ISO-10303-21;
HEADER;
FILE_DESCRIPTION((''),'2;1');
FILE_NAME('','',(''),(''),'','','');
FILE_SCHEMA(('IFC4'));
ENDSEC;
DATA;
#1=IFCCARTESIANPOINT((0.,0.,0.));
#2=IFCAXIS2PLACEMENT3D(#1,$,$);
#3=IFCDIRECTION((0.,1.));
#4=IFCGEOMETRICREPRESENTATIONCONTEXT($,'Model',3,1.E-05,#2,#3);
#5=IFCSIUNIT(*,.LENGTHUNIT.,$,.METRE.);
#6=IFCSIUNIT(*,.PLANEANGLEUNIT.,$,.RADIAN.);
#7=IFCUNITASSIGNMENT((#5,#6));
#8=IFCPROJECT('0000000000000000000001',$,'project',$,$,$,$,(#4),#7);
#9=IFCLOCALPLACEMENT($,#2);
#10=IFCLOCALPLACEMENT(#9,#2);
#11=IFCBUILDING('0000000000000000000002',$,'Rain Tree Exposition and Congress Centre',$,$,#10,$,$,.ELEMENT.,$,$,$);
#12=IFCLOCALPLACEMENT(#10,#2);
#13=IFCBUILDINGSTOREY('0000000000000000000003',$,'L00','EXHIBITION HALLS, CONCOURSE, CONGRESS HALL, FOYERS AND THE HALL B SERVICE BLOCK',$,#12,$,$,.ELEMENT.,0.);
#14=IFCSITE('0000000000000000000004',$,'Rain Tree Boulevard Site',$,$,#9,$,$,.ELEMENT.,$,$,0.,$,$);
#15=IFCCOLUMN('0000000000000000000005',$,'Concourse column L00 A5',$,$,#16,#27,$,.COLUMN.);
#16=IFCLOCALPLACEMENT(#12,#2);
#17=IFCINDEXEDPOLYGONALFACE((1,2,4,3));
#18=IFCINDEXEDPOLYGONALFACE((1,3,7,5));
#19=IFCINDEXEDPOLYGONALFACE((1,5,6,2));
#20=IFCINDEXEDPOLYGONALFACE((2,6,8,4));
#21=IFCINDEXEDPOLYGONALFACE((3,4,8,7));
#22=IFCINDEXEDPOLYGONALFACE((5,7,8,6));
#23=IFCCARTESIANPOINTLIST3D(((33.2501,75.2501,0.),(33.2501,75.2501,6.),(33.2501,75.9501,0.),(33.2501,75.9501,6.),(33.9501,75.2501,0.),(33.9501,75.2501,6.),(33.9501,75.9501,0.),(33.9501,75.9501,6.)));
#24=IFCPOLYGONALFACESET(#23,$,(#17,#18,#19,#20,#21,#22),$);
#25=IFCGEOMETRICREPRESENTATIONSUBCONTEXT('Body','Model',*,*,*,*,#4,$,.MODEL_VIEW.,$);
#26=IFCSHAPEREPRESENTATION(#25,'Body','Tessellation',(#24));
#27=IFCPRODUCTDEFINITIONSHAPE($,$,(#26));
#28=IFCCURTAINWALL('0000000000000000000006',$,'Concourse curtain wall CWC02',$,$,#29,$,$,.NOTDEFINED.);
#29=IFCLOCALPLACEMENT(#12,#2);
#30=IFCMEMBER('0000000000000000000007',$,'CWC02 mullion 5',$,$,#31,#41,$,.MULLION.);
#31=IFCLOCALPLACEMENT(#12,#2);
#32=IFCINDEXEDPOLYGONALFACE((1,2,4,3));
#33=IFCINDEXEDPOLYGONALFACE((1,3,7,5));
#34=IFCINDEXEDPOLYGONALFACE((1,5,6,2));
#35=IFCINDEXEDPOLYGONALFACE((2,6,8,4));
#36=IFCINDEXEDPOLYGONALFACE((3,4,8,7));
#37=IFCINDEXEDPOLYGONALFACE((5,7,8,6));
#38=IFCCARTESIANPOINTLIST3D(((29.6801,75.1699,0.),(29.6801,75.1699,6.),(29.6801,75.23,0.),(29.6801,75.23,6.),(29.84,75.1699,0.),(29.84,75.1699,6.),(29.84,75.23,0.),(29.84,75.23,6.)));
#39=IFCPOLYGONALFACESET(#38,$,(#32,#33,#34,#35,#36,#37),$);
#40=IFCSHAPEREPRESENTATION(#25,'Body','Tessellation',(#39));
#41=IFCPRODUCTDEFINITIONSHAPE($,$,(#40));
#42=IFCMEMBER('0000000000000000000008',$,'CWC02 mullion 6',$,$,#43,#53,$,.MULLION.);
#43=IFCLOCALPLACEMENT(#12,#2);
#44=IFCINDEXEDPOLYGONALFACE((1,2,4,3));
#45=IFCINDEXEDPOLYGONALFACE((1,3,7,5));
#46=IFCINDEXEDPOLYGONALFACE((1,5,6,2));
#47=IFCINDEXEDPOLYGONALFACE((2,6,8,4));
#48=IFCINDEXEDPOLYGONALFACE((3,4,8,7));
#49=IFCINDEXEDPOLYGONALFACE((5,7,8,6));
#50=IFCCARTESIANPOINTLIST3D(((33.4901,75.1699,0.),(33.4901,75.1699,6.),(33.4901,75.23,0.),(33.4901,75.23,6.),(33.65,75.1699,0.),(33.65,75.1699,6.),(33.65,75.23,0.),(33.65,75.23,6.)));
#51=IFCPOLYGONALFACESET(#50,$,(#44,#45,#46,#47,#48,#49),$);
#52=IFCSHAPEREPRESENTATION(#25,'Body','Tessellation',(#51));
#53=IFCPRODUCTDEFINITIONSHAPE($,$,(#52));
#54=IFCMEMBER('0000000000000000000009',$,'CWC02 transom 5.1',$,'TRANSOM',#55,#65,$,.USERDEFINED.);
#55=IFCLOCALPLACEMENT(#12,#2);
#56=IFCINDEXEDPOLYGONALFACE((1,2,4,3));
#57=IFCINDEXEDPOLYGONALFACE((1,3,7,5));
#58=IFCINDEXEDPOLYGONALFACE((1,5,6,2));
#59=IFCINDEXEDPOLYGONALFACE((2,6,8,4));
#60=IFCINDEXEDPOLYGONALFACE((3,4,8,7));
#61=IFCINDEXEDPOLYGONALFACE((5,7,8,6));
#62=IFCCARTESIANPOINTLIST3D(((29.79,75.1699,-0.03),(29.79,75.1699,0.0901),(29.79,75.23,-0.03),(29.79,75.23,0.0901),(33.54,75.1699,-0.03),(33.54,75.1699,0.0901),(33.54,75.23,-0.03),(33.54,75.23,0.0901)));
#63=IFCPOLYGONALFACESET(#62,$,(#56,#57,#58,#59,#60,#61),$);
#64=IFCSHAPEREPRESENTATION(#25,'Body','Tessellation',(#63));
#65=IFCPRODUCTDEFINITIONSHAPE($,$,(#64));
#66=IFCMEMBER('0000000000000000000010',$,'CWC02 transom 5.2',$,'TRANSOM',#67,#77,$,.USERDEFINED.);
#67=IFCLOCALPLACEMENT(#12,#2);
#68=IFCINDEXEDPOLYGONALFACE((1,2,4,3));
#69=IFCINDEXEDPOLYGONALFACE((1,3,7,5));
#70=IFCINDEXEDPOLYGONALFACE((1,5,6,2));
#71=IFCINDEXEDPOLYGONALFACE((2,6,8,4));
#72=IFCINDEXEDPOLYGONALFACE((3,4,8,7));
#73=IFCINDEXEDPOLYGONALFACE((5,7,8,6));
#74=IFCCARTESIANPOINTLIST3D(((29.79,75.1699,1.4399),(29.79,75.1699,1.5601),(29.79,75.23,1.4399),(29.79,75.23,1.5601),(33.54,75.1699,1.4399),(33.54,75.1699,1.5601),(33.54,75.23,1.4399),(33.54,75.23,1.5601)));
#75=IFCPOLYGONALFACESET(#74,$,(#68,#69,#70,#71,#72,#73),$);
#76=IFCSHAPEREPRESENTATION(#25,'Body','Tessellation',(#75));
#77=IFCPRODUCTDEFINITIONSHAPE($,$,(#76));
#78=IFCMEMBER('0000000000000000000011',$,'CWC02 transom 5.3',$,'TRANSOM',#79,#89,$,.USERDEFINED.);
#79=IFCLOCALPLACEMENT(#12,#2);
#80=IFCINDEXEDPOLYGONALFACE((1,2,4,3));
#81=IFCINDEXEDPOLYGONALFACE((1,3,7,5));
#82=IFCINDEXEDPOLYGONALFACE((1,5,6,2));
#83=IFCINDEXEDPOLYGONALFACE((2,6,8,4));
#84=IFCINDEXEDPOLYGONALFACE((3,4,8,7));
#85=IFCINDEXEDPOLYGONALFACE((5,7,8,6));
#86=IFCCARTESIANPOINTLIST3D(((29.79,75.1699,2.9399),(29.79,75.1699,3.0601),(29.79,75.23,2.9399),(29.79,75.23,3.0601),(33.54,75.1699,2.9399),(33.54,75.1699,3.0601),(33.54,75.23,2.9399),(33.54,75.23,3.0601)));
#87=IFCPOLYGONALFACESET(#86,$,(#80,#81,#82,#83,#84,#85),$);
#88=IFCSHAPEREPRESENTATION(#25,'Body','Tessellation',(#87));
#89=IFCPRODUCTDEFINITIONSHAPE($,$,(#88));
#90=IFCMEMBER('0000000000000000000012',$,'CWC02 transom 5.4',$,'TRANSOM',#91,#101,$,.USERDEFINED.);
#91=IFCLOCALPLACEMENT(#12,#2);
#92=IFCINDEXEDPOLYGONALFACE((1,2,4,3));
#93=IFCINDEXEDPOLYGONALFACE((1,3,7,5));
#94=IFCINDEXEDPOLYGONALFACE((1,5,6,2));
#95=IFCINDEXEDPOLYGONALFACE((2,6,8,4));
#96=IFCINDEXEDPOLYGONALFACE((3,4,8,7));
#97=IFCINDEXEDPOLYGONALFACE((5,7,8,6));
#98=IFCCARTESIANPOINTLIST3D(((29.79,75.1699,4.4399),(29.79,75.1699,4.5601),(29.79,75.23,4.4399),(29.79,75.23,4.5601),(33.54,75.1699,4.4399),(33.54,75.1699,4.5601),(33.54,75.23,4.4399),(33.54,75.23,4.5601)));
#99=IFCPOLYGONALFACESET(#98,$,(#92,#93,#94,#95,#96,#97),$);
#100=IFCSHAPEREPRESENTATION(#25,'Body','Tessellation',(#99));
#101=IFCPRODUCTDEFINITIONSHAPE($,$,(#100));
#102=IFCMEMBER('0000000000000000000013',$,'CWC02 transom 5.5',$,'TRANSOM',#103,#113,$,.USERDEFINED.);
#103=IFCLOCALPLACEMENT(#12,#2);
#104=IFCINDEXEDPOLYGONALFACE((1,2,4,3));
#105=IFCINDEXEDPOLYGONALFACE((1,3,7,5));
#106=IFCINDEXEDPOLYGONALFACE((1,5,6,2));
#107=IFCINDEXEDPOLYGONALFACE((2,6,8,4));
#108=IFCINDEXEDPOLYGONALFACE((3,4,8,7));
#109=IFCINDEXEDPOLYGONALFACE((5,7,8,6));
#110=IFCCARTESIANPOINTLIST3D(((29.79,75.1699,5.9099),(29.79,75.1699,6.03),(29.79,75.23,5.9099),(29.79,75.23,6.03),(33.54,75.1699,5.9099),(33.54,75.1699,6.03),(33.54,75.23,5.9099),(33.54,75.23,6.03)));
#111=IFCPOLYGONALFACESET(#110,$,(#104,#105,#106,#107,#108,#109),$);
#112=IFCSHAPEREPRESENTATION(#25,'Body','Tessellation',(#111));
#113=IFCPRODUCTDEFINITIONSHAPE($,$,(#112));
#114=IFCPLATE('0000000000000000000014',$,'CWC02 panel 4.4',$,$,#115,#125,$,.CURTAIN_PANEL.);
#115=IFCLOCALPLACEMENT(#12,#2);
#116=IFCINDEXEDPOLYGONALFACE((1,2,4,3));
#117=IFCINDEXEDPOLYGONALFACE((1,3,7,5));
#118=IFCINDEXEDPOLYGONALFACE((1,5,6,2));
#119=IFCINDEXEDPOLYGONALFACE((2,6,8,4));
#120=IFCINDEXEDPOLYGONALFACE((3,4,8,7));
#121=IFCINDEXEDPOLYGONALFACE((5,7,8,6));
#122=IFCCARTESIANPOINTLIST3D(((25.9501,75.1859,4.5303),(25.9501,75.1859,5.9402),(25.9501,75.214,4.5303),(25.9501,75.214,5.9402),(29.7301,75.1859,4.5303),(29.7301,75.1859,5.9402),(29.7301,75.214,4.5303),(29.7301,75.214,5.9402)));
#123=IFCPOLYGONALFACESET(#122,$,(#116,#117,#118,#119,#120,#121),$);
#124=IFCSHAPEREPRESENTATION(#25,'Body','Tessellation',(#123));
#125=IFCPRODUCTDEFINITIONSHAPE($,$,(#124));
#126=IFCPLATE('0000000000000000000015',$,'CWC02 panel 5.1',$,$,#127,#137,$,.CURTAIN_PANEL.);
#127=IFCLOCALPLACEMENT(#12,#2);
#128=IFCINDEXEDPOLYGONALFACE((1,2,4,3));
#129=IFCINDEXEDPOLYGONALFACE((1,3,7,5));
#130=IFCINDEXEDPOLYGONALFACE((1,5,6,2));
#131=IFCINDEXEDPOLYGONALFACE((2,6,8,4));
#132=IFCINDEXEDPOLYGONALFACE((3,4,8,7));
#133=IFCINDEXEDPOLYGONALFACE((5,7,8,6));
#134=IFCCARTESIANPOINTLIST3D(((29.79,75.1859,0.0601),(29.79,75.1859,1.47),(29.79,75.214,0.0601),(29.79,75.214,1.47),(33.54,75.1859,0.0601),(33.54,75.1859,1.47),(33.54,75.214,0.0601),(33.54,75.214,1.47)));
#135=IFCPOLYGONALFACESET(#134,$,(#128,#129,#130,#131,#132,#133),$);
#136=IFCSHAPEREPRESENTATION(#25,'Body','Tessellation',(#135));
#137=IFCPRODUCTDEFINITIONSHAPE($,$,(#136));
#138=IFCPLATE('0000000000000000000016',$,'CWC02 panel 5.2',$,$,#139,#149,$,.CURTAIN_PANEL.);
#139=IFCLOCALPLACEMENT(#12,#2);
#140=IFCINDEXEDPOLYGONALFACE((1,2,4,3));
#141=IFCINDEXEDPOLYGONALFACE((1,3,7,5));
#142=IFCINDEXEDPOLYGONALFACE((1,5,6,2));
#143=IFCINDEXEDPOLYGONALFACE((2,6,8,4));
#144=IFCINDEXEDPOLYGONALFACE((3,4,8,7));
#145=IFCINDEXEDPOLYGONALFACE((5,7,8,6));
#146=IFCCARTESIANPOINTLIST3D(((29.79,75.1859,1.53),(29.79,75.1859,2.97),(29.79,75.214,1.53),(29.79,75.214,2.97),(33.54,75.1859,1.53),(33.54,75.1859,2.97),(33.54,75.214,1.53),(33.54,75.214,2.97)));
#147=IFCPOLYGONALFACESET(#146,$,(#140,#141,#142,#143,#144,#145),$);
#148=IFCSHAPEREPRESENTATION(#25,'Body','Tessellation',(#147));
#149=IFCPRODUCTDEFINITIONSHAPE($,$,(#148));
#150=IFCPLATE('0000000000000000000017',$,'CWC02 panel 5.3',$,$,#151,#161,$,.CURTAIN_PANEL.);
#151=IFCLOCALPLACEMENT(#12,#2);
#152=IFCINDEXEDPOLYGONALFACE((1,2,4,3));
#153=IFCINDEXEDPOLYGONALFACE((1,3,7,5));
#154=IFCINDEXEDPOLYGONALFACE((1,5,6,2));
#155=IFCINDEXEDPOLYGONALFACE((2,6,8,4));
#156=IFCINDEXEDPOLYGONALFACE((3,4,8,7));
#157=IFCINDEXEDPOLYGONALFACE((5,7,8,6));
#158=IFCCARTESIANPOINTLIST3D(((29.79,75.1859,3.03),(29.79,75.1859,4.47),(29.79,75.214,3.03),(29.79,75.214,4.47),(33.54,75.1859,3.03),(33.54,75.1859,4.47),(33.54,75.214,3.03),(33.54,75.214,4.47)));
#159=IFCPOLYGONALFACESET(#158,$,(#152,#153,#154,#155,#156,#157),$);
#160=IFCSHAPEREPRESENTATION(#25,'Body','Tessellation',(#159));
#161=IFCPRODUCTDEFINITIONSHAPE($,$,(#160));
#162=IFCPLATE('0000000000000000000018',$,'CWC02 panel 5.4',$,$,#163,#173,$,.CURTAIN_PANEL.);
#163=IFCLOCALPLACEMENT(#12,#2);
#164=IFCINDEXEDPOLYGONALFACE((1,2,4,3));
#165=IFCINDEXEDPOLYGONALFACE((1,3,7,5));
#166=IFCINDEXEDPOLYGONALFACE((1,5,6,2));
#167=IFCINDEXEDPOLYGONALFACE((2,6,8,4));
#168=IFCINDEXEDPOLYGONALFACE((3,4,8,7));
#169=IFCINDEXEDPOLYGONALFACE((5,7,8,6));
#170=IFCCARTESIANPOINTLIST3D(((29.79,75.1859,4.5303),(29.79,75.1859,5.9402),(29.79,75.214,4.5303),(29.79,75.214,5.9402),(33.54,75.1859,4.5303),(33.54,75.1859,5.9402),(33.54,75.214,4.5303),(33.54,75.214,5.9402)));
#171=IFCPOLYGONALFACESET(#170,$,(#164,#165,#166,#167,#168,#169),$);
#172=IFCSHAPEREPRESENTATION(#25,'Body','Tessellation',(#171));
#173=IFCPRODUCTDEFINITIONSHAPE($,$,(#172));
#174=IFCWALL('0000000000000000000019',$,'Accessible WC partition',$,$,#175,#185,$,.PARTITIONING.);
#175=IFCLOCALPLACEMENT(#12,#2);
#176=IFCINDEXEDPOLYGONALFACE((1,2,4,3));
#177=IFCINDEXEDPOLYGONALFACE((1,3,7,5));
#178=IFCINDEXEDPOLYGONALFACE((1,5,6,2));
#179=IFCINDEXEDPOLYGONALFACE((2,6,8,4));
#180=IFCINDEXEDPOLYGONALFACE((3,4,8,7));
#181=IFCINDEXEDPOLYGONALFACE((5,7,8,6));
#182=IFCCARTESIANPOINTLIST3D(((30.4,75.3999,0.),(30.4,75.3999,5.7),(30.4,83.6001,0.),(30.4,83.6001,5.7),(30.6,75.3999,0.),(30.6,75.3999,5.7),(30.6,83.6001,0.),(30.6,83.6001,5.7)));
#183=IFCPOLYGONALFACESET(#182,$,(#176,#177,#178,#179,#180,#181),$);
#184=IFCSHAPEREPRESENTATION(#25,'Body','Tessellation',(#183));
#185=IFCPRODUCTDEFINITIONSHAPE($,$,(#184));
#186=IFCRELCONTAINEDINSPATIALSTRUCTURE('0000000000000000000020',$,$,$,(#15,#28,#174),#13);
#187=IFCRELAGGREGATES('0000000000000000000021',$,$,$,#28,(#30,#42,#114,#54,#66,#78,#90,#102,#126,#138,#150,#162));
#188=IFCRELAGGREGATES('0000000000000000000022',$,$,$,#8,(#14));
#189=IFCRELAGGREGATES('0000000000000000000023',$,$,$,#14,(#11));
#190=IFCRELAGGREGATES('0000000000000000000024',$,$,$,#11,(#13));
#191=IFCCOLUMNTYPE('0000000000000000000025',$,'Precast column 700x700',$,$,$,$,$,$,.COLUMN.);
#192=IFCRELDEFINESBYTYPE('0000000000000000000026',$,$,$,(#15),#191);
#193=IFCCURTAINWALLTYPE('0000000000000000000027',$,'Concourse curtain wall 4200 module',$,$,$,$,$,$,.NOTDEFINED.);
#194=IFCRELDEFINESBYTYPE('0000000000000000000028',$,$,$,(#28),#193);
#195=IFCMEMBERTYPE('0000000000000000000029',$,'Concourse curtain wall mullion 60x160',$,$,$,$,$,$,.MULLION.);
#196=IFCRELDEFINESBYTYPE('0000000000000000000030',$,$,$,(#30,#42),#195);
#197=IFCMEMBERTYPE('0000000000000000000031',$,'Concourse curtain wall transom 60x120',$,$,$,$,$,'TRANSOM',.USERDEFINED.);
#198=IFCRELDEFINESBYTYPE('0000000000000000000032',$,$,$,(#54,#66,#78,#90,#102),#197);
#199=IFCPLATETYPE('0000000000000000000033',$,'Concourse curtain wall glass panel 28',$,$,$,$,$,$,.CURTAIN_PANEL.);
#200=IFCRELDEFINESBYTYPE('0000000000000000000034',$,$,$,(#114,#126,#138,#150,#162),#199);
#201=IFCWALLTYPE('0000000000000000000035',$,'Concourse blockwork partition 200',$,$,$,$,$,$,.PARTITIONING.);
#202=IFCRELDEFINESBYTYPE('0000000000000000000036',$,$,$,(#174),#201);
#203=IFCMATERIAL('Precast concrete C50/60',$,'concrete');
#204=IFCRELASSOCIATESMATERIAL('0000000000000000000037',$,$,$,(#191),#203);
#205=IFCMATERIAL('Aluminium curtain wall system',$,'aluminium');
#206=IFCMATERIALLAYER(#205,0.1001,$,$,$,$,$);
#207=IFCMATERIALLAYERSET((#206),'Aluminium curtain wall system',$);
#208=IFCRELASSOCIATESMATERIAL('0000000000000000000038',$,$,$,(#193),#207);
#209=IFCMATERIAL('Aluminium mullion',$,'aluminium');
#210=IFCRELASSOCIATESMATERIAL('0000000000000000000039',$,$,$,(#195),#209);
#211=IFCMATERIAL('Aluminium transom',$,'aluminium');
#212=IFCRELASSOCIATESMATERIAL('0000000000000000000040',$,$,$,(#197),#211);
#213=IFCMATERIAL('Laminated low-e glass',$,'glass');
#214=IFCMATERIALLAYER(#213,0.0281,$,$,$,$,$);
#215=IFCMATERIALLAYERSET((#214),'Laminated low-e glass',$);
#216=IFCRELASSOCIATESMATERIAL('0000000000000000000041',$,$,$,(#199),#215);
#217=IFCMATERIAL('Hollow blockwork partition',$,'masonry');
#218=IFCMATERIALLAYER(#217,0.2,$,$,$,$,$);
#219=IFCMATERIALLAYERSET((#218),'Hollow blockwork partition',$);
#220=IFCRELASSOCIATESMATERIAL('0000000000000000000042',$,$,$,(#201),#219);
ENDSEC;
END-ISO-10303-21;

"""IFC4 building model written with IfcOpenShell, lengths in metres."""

from ifc_helpers import new_model, si_unit, direction, frame, frame_2d, origin, origin_2d, place, context, subcontext, project, spatial, rectangle, extrude, material, layer, layer_set, material_profile, profile_set, type_object, element, aggregate, save


model = new_model("IFC4")

# Units and contexts
model_context = context("Model", 3, precision=1e-05, world=origin(), true_north=direction((0.0, 1.0)))
body_context = subcontext(model_context, "Body", "Model", "MODEL_VIEW")
ifc_project = project(units=[si_unit("LENGTHUNIT", "METRE"), si_unit("PLANEANGLEUNIT", "RADIAN")], contexts=[model_context])

# Site, building, storey
site_placement = place(None, origin())
site = spatial("IfcSite", under=ifc_project, at=site_placement, Name="Rain Tree Boulevard Site", CompositionType="ELEMENT", RefElevation=0.0)
building_placement = place(site_placement, origin())
building = spatial("IfcBuilding", under=site, at=building_placement, Name="Rain Tree Exposition and Congress Centre", CompositionType="ELEMENT")
storey_placement = place(building_placement, origin())
storey = spatial("IfcBuildingStorey", under=building, at=storey_placement, Name="L00", Description="EXHIBITION HALLS, CONCOURSE, CONGRESS HALL, FOYERS AND THE HALL B SERVICE BLOCK", CompositionType="ELEMENT", Elevation=0.0)

# Column
ifc_material_1 = material(Name="Precast concrete C50/60", Category="concrete")
ifc_material_profile_1 = material_profile(ifc_material_1, rectangle(XDim=0.7, YDim=0.7, at=origin_2d()), Name="RC 700x700")
ifc_profile_set_1 = profile_set([ifc_material_profile_1], Name="Precast concrete C50/60")
column_type = type_object("IfcColumnType", Name="Precast column 700x700", PredefinedType="COLUMN", material=ifc_profile_set_1)
column_placement = place(storey_placement, frame((33.6001, 75.6001, 0.0), z_axis=(0.0, 0.0, 1.0), x_axis=(1.0, 0.0, 0.0)))
element("IfcColumn", 1, at=column_placement, inside=storey, type_object=column_type, Name="Concourse column L00 A5", PredefinedType="COLUMN", context=body_context, shape_type="SweptSolid", body=[
    extrude(rectangle(XDim=0.7, YDim=0.7, at=origin_2d()), origin(), (0.0, 0.0, 1.0), 6.0),
])

# Curtain wall, members, plates
ifc_material_2 = material(Name="Aluminium curtain wall system", Category="aluminium")
ifc_layer_1 = layer(ifc_material_2, 0.1001)
ifc_layer_set_1 = layer_set([ifc_layer_1], Name="Aluminium curtain wall system")
curtain_wall_type = type_object("IfcCurtainWallType", Name="Concourse curtain wall 4200 module", PredefinedType="NOTDEFINED", material=ifc_layer_set_1)
curtain_wall_placement = place(storey_placement, origin())
curtain_wall = element("IfcCurtainWall", 2, at=curtain_wall_placement, inside=storey, type_object=curtain_wall_type, Name="Concourse curtain wall CWC02", PredefinedType="NOTDEFINED")
ifc_material_3 = material(Name="Aluminium mullion", Category="aluminium")
ifc_material_profile_2 = material_profile(ifc_material_3, rectangle(XDim=0.0601, YDim=0.1599, at=origin_2d()), Name="AL 60x160")
ifc_profile_set_2 = profile_set([ifc_material_profile_2], Name="Aluminium mullion")
member_type_1 = type_object("IfcMemberType", Name="Concourse curtain wall mullion 60x160", PredefinedType="MULLION", material=ifc_profile_set_2)
member_1_placement = place(storey_placement, frame((29.76, 75.2, 0.0), z_axis=(0.0, 0.0, 1.0), x_axis=(0.0, 1.0, 0.0)))
member_1 = element("IfcMember", 3, at=member_1_placement, type_object=member_type_1, Name="CWC02 mullion 5", PredefinedType="MULLION", context=body_context, shape_type="SweptSolid", body=[
    extrude(rectangle(XDim=0.0601, YDim=0.1599, at=origin_2d()), origin(), (0.0, 0.0, 1.0), 6.0),
])
member_2_placement = place(storey_placement, frame((33.5701, 75.2, 0.0), z_axis=(0.0, 0.0, 1.0), x_axis=(0.0, 1.0, 0.0)))
member_2 = element("IfcMember", 4, at=member_2_placement, type_object=member_type_1, Name="CWC02 mullion 6", PredefinedType="MULLION", context=body_context, shape_type="SweptSolid", body=[
    extrude(rectangle(XDim=0.0601, YDim=0.1599, at=origin_2d()), origin(), (0.0, 0.0, 1.0), 6.0),
])
ifc_material_4 = material(Name="Aluminium transom", Category="aluminium")
ifc_material_profile_3 = material_profile(ifc_material_4, rectangle(XDim=0.0601, YDim=0.1201, at=origin_2d()), Name="AL 60x120")
ifc_profile_set_3 = profile_set([ifc_material_profile_3], Name="Aluminium transom")
member_type_2 = type_object("IfcMemberType", Name="Concourse curtain wall transom 60x120", ElementType="TRANSOM", PredefinedType="USERDEFINED", material=ifc_profile_set_3)
member_3_placement = place(storey_placement, frame((29.79, 75.2, 0.03), z_axis=(1.0, 0.0, 0.0), x_axis=(0.0, 1.0, 0.0)))
member_3 = element("IfcMember", 5, at=member_3_placement, type_object=member_type_2, Name="CWC02 transom 5.1", ObjectType="TRANSOM", PredefinedType="USERDEFINED", context=body_context, shape_type="SweptSolid", body=[
    extrude(rectangle(XDim=0.0601, YDim=0.1201, at=origin_2d()), origin(), (0.0, 0.0, 1.0), 3.75),
])
member_4_placement = place(storey_placement, frame((29.79, 75.2, 1.5), z_axis=(1.0, 0.0, 0.0), x_axis=(0.0, 1.0, 0.0)))
member_4 = element("IfcMember", 6, at=member_4_placement, type_object=member_type_2, Name="CWC02 transom 5.2", ObjectType="TRANSOM", PredefinedType="USERDEFINED", context=body_context, shape_type="SweptSolid", body=[
    extrude(rectangle(XDim=0.0601, YDim=0.1201, at=origin_2d()), origin(), (0.0, 0.0, 1.0), 3.75),
])
member_5_placement = place(storey_placement, frame((29.79, 75.2, 3.0), z_axis=(1.0, 0.0, 0.0), x_axis=(0.0, 1.0, 0.0)))
member_5 = element("IfcMember", 7, at=member_5_placement, type_object=member_type_2, Name="CWC02 transom 5.3", ObjectType="TRANSOM", PredefinedType="USERDEFINED", context=body_context, shape_type="SweptSolid", body=[
    extrude(rectangle(XDim=0.0601, YDim=0.1201, at=origin_2d()), origin(), (0.0, 0.0, 1.0), 3.75),
])
member_6_placement = place(storey_placement, frame((29.79, 75.2, 4.5), z_axis=(1.0, 0.0, 0.0), x_axis=(0.0, 1.0, 0.0)))
member_6 = element("IfcMember", 8, at=member_6_placement, type_object=member_type_2, Name="CWC02 transom 5.4", ObjectType="TRANSOM", PredefinedType="USERDEFINED", context=body_context, shape_type="SweptSolid", body=[
    extrude(rectangle(XDim=0.0601, YDim=0.1201, at=origin_2d()), origin(), (0.0, 0.0, 1.0), 3.75),
])
member_7_placement = place(storey_placement, frame((29.79, 75.2, 5.97), z_axis=(1.0, 0.0, 0.0), x_axis=(0.0, 1.0, 0.0)))
member_7 = element("IfcMember", 9, at=member_7_placement, type_object=member_type_2, Name="CWC02 transom 5.5", ObjectType="TRANSOM", PredefinedType="USERDEFINED", context=body_context, shape_type="SweptSolid", body=[
    extrude(rectangle(XDim=0.0601, YDim=0.1201, at=origin_2d()), origin(), (0.0, 0.0, 1.0), 3.75),
])
ifc_material_5 = material(Name="Laminated low-e glass", Category="glass")
ifc_layer_2 = layer(ifc_material_5, 0.0281)
ifc_layer_set_2 = layer_set([ifc_layer_2], Name="Laminated low-e glass")
plate_type = type_object("IfcPlateType", Name="Concourse curtain wall glass panel 28", PredefinedType="CURTAIN_PANEL", material=ifc_layer_set_2)
plate_1_placement = place(storey_placement, frame((27.8401, 75.2, 4.5303), z_axis=(0.0, 0.0, 1.0), x_axis=(1.0, 0.0, 0.0)))
plate_1 = element("IfcPlate", 10, at=plate_1_placement, type_object=plate_type, Name="CWC02 panel 4.4", PredefinedType="CURTAIN_PANEL", context=body_context, shape_type="SweptSolid", body=[
    extrude(rectangle(XDim=3.78, YDim=0.0281, at=origin_2d()), origin(), (0.0, 0.0, 1.0), 1.4099),
])
plate_2_placement = place(storey_placement, frame((31.665, 75.2, 0.0601), z_axis=(0.0, 0.0, 1.0), x_axis=(1.0, 0.0, 0.0)))
plate_2 = element("IfcPlate", 11, at=plate_2_placement, type_object=plate_type, Name="CWC02 panel 5.1", PredefinedType="CURTAIN_PANEL", context=body_context, shape_type="SweptSolid", body=[
    extrude(rectangle(XDim=3.75, YDim=0.0281, at=origin_2d()), origin(), (0.0, 0.0, 1.0), 1.4099),
])
plate_3_placement = place(storey_placement, frame((31.665, 75.2, 1.53), z_axis=(0.0, 0.0, 1.0), x_axis=(1.0, 0.0, 0.0)))
plate_3 = element("IfcPlate", 12, at=plate_3_placement, type_object=plate_type, Name="CWC02 panel 5.2", PredefinedType="CURTAIN_PANEL", context=body_context, shape_type="SweptSolid", body=[
    extrude(rectangle(XDim=3.75, YDim=0.0281, at=origin_2d()), origin(), (0.0, 0.0, 1.0), 1.4399),
])
plate_4_placement = place(storey_placement, frame((31.665, 75.2, 3.03), z_axis=(0.0, 0.0, 1.0), x_axis=(1.0, 0.0, 0.0)))
plate_4 = element("IfcPlate", 13, at=plate_4_placement, type_object=plate_type, Name="CWC02 panel 5.3", PredefinedType="CURTAIN_PANEL", context=body_context, shape_type="SweptSolid", body=[
    extrude(rectangle(XDim=3.75, YDim=0.0281, at=origin_2d()), origin(), (0.0, 0.0, 1.0), 1.4399),
])
plate_5_placement = place(storey_placement, frame((31.665, 75.2, 4.5303), z_axis=(0.0, 0.0, 1.0), x_axis=(1.0, 0.0, 0.0)))
plate_5 = element("IfcPlate", 14, at=plate_5_placement, type_object=plate_type, Name="CWC02 panel 5.4", PredefinedType="CURTAIN_PANEL", context=body_context, shape_type="SweptSolid", body=[
    extrude(rectangle(XDim=3.75, YDim=0.0281, at=origin_2d()), origin(), (0.0, 0.0, 1.0), 1.4099),
])
aggregate(curtain_wall, [member_1, member_2, plate_1, member_3, member_4, member_5, member_6, member_7, plate_2, plate_3, plate_4, plate_5])

# Wall
ifc_material_6 = material(Name="Hollow blockwork partition", Category="masonry")
ifc_layer_3 = layer(ifc_material_6, 0.2)
ifc_layer_set_3 = layer_set([ifc_layer_3], Name="Hollow blockwork partition")
wall_type_1 = type_object("IfcWallType", Name="Concourse blockwork partition 200", PredefinedType="PARTITIONING", material=ifc_layer_set_3)
wall_1_placement = place(storey_placement, frame((30.5, 75.3999, 0.0), z_axis=(0.0, 0.0, 1.0), x_axis=(0.0, 1.0, 0.0)))
element("IfcWall", 15, at=wall_1_placement, inside=storey, type_object=wall_type_1, Name="Accessible WC partition", PredefinedType="PARTITIONING", context=body_context, shape_type="SweptSolid", body=[
    extrude(rectangle(XDim=8.2002, YDim=0.2, at=frame_2d((4.1001, 0.0))), origin(), (0.0, 0.0, 1.0), 5.7),
])

save(model, "model.ifc")
